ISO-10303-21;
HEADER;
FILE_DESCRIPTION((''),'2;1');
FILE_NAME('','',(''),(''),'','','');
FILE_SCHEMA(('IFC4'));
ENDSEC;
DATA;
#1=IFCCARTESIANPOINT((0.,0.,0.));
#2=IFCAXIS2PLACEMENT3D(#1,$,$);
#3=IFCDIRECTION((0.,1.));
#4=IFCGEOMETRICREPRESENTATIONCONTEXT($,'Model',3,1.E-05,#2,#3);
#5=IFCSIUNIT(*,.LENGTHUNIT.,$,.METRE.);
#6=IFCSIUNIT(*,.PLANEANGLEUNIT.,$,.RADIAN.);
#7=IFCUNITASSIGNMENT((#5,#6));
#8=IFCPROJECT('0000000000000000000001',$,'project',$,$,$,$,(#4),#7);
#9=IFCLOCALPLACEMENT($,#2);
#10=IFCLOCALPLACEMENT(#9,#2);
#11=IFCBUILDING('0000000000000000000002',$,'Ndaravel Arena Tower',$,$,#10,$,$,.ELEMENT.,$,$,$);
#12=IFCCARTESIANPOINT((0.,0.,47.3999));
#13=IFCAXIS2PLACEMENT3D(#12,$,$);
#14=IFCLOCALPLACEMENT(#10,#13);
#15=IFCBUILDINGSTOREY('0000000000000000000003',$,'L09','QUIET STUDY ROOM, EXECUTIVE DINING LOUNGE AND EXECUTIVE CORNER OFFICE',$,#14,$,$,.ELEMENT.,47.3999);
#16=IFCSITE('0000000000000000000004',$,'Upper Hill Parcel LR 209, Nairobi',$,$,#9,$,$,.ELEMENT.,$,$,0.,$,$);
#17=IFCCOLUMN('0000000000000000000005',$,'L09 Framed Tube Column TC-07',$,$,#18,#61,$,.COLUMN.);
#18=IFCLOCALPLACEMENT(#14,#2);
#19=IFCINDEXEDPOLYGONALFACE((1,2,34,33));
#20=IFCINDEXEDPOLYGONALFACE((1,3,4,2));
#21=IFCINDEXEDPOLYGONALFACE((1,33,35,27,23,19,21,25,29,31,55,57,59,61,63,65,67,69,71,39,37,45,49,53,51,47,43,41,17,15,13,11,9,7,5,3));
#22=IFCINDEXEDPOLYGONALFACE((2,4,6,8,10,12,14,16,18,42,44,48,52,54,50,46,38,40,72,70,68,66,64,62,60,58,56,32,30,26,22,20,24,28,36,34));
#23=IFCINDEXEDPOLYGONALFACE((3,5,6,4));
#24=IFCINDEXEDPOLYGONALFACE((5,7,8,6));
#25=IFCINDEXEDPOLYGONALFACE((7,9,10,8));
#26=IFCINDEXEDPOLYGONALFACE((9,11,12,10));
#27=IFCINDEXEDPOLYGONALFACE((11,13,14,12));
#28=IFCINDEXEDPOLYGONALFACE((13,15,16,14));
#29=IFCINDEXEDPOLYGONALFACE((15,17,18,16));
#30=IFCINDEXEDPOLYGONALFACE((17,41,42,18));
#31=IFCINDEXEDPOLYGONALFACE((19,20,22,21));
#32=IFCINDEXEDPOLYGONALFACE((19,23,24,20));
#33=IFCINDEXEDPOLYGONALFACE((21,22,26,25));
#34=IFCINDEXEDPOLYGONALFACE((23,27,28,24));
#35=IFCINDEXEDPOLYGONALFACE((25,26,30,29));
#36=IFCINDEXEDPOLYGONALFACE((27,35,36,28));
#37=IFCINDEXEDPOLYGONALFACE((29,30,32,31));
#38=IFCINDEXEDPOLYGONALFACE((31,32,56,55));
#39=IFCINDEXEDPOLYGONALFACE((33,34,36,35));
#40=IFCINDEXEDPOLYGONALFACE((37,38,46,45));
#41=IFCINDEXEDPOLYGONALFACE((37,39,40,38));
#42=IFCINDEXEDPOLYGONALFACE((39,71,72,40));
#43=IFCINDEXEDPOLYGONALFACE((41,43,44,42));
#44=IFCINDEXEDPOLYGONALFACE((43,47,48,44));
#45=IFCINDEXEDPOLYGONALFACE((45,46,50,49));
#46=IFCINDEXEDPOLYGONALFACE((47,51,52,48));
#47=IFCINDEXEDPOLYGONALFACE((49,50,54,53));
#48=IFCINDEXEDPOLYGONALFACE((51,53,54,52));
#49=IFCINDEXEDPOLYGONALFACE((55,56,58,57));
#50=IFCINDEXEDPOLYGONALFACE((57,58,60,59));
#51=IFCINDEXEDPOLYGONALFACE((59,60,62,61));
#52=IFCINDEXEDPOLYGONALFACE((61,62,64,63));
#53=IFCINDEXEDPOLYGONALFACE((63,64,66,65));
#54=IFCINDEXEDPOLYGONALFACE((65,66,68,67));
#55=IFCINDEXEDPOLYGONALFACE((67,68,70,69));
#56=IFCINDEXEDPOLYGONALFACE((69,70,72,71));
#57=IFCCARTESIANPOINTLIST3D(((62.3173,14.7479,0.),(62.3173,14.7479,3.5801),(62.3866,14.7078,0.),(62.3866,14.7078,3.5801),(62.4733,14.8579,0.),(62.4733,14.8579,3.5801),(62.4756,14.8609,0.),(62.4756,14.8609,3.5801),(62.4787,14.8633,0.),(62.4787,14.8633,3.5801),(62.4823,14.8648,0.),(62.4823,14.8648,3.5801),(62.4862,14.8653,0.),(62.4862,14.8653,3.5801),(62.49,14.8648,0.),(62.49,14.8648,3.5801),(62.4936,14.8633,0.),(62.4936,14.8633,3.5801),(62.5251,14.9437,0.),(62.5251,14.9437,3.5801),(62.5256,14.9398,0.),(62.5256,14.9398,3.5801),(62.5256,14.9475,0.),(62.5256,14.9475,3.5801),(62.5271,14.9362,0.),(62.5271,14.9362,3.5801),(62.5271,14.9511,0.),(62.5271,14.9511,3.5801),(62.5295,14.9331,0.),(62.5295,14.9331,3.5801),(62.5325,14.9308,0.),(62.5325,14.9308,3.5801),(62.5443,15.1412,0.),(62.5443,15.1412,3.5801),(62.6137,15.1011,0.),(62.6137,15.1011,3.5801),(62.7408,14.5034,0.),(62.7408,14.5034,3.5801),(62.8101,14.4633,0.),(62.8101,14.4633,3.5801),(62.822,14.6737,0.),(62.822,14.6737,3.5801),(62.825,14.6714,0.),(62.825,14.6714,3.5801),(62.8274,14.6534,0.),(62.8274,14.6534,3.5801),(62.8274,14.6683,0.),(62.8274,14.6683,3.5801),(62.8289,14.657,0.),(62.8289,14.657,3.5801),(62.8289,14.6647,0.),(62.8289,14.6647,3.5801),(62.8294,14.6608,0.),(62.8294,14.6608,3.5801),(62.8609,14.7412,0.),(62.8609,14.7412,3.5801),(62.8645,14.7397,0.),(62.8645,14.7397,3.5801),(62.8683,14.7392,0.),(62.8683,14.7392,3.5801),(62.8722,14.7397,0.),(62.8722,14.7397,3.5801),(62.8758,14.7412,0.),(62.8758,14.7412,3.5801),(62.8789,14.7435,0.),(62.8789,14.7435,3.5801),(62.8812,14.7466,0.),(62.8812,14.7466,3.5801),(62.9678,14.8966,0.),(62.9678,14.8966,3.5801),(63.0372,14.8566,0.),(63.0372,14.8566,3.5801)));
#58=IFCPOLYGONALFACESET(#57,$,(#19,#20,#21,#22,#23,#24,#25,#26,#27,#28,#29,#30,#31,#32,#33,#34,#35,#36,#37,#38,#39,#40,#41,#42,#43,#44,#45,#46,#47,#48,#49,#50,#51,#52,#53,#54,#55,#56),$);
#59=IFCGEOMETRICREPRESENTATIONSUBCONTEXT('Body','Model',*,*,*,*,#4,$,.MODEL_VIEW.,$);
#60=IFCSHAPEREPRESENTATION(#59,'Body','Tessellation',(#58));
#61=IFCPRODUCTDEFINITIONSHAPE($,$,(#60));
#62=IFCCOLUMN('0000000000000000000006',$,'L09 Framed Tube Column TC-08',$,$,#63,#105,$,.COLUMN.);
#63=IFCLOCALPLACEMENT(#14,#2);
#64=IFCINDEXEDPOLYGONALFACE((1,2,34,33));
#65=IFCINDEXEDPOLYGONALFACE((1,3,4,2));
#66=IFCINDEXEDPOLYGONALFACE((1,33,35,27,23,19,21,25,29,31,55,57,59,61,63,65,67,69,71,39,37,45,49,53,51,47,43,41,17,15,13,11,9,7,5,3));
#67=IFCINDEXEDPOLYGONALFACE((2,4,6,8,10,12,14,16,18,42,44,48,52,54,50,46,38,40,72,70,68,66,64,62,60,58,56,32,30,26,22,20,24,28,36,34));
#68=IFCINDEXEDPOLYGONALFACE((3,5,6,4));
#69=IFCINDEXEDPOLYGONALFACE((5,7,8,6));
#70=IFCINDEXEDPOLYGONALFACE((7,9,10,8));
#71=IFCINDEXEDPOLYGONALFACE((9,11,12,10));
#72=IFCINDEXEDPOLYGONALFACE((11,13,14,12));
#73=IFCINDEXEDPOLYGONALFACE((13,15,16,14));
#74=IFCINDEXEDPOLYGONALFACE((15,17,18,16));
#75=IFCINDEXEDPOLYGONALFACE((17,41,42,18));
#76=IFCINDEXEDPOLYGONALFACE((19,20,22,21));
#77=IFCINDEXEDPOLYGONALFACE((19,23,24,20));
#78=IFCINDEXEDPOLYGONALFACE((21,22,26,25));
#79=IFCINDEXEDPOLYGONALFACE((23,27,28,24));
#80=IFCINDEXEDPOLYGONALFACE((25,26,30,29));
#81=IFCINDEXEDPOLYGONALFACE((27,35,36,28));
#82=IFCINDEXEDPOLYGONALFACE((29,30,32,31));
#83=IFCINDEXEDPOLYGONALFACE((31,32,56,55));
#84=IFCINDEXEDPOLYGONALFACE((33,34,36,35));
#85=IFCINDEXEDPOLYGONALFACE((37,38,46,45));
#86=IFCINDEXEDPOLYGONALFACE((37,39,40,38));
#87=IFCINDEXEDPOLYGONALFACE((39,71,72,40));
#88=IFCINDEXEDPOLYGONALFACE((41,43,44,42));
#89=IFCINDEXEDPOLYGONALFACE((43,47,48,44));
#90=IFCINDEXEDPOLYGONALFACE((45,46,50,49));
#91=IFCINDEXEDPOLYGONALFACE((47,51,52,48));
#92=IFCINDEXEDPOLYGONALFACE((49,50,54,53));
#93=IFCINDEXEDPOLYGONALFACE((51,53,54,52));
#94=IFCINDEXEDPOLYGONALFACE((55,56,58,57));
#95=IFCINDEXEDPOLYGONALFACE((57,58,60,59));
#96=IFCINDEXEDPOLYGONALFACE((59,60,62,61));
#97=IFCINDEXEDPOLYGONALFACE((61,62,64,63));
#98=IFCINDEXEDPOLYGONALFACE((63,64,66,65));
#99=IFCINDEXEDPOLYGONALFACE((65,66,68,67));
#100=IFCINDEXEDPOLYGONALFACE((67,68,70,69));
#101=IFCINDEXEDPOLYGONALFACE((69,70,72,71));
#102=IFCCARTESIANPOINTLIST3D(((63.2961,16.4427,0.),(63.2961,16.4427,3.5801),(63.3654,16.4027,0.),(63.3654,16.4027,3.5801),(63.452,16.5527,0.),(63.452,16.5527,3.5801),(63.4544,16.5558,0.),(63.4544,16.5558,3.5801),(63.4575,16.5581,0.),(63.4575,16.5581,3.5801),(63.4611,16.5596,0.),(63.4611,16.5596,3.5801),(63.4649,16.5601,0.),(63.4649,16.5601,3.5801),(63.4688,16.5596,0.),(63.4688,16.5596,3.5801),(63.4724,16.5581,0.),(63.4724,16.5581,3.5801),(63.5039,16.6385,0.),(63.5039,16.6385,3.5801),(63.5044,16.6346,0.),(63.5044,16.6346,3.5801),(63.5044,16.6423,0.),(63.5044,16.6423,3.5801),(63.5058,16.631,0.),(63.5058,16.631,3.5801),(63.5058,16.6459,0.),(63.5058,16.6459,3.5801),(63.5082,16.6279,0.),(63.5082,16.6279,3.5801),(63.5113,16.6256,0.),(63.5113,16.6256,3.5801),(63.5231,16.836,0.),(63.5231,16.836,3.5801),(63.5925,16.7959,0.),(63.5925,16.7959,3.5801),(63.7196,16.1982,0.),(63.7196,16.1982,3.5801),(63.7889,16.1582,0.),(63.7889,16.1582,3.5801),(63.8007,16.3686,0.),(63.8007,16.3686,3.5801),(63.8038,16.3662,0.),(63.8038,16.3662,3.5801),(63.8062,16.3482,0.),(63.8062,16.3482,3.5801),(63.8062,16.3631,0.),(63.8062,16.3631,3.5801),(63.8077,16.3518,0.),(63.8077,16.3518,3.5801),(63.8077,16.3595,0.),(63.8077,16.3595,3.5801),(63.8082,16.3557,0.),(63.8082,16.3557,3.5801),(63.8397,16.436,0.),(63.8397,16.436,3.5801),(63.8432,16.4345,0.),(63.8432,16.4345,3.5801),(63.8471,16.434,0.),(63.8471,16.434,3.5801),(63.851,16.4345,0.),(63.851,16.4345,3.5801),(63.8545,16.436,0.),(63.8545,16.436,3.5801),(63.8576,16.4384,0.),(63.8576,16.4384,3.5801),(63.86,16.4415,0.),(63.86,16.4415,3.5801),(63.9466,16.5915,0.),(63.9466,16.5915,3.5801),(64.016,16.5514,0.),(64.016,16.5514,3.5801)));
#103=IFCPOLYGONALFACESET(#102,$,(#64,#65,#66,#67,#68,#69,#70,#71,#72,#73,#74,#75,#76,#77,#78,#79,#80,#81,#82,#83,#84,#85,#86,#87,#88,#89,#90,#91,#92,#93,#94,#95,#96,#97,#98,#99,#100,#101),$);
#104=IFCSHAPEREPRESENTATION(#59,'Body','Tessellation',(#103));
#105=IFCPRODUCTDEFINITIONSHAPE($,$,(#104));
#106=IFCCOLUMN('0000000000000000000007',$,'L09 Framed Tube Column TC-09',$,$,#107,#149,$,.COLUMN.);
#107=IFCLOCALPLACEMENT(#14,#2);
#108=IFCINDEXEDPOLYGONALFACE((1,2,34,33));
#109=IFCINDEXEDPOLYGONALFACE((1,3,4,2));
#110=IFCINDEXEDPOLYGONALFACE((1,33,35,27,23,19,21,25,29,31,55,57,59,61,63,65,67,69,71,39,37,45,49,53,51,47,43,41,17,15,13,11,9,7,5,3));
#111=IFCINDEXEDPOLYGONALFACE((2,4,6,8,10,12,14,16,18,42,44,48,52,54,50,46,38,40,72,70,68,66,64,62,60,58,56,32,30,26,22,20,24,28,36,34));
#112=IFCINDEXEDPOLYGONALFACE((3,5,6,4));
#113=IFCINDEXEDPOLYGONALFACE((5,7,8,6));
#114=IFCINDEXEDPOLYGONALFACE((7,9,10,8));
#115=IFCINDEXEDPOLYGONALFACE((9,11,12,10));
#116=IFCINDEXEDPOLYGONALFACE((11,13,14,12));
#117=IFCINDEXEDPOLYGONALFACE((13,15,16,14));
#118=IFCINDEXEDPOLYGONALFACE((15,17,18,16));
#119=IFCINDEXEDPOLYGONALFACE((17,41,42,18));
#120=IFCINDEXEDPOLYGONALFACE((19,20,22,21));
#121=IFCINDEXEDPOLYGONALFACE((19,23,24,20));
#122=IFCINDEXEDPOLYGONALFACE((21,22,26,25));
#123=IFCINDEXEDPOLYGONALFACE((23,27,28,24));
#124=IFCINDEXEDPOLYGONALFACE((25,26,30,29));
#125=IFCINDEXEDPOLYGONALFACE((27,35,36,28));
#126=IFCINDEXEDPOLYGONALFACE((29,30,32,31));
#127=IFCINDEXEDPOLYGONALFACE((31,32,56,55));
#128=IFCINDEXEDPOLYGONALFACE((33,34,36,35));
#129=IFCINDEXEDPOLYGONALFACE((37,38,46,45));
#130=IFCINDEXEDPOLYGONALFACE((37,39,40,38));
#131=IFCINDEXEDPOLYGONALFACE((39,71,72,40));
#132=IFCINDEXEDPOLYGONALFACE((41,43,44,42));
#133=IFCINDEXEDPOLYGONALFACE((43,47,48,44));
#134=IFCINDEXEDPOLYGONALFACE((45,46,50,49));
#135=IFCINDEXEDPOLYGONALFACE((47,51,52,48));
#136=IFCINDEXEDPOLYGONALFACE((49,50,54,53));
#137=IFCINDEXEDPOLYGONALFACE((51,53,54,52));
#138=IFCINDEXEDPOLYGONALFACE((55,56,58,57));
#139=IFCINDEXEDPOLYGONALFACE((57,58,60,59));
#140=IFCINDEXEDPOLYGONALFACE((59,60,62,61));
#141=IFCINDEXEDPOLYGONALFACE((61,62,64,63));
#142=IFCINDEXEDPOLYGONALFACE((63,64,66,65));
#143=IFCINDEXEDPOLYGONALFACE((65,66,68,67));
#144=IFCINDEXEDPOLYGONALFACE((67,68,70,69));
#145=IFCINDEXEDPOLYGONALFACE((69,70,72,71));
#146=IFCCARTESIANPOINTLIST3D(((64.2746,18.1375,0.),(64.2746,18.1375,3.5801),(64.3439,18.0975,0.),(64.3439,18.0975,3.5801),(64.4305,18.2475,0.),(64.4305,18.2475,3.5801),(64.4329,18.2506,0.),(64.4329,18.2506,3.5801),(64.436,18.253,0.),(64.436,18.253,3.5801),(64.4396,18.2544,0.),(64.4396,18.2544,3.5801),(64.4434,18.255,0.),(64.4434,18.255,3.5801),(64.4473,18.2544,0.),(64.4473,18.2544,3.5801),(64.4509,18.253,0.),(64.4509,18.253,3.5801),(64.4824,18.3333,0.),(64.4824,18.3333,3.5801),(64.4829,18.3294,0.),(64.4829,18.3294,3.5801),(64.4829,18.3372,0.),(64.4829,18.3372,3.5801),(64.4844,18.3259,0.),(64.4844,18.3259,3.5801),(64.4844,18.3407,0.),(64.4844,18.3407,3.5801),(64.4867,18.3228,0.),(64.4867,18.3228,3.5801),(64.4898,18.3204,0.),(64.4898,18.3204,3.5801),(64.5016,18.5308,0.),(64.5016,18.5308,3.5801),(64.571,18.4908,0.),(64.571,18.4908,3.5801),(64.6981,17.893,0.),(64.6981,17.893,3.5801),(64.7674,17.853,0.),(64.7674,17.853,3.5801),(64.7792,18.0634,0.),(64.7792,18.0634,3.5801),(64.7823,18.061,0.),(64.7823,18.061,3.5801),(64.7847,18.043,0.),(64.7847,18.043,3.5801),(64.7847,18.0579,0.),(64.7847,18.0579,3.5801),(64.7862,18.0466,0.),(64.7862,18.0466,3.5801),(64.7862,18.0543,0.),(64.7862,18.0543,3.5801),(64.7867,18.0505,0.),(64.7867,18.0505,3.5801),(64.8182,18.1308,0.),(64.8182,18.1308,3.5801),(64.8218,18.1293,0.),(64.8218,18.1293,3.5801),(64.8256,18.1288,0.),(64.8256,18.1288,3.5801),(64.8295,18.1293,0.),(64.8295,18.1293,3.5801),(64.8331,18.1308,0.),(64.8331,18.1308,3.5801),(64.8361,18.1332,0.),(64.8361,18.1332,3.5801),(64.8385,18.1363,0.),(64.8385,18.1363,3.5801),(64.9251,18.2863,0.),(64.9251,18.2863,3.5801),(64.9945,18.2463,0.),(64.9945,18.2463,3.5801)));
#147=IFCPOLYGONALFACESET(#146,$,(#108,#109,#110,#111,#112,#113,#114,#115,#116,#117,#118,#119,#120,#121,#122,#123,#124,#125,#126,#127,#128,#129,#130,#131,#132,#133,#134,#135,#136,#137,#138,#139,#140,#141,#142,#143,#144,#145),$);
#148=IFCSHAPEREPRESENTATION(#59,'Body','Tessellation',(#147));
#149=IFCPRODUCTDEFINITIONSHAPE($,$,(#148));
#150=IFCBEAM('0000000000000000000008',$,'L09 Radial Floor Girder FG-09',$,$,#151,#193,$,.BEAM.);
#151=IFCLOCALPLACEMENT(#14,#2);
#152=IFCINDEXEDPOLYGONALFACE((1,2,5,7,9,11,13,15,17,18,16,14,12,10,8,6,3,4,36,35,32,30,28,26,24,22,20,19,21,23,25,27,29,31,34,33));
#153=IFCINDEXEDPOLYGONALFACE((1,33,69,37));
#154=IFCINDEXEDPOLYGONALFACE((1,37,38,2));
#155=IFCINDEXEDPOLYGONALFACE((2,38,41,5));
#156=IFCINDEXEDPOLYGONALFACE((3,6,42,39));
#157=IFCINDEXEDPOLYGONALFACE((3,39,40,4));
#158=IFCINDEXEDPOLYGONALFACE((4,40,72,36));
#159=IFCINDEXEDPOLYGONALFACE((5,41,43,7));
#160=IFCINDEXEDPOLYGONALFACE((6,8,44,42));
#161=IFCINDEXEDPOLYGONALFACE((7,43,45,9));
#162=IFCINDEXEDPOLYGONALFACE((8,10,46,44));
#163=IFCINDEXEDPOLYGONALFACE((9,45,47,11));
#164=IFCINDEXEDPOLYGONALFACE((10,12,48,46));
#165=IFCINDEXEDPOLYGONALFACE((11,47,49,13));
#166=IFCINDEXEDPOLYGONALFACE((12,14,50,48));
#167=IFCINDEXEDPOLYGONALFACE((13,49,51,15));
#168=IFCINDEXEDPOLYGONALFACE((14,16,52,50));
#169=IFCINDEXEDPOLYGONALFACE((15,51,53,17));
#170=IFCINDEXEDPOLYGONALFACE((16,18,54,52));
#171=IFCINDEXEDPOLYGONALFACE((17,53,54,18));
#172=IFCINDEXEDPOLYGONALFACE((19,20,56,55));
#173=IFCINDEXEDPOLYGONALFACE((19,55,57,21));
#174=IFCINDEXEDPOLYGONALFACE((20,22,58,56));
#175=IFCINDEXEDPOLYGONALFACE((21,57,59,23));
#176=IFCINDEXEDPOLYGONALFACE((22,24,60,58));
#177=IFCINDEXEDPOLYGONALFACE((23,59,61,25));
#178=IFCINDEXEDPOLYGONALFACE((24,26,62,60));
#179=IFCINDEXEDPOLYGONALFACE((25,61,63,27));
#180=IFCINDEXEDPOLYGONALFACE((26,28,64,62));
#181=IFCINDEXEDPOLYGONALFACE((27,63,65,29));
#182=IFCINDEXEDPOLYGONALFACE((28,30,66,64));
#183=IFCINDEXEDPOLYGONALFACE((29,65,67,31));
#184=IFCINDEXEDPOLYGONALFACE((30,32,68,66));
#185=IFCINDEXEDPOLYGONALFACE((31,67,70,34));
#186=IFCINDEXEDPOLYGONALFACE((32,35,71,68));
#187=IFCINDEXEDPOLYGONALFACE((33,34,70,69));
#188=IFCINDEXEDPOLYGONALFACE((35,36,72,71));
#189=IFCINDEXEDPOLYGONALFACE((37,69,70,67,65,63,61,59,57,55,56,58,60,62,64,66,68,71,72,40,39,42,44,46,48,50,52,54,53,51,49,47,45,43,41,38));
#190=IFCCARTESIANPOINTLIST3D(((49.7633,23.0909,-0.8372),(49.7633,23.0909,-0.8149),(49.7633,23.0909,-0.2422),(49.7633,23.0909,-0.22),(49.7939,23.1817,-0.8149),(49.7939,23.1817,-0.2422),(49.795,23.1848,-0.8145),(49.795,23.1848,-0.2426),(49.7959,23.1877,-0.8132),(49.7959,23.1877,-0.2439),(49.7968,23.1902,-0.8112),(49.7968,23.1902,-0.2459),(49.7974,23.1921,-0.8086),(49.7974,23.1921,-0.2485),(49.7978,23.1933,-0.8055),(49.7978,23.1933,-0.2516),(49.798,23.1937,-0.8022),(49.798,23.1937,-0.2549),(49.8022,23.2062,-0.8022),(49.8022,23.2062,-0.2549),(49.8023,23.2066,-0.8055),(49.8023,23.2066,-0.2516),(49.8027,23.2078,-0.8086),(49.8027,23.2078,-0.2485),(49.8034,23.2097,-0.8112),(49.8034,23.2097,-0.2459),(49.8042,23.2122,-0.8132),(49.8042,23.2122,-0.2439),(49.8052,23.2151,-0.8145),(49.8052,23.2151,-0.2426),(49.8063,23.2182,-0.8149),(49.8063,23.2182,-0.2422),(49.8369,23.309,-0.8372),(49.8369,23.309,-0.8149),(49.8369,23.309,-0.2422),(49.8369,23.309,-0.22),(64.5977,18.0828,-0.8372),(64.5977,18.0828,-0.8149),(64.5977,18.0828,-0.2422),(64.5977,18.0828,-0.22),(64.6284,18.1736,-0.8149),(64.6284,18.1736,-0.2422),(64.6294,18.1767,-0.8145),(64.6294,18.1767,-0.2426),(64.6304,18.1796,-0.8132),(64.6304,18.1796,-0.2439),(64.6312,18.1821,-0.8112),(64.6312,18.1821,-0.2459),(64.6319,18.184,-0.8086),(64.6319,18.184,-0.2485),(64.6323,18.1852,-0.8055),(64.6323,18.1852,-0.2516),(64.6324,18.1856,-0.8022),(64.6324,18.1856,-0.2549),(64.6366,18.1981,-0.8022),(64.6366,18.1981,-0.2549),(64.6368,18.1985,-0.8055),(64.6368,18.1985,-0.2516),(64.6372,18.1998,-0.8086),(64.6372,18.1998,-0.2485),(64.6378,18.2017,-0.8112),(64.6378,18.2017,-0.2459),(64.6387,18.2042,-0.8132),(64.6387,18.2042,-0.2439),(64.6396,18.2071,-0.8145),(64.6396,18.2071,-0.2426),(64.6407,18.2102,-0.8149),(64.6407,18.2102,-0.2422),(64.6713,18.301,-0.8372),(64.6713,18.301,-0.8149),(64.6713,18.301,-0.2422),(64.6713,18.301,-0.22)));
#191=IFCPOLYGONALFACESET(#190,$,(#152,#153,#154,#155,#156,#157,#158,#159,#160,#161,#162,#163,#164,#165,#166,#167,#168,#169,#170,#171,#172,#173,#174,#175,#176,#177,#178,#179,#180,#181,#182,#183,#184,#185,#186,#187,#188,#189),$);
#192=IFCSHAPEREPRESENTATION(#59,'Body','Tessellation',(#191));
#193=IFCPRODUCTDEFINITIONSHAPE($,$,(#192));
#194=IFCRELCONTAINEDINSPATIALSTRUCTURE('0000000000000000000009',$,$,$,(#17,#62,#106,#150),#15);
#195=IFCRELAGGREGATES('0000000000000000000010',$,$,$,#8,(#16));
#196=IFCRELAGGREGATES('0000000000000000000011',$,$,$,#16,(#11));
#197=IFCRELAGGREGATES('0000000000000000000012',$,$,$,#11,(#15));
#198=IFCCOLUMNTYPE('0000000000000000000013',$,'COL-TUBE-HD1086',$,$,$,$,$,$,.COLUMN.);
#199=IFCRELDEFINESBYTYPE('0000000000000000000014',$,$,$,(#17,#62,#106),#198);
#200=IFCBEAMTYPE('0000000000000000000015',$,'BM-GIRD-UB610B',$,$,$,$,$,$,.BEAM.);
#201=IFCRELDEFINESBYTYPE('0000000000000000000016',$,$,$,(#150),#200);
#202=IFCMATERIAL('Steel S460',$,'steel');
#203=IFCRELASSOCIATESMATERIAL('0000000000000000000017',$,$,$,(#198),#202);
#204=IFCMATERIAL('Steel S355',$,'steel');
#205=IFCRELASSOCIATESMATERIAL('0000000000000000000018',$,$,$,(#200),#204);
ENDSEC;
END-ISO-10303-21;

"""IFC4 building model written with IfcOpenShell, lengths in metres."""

from ifc_helpers import new_model, si_unit, direction, frame, origin, origin_2d, place, context, subcontext, project, spatial, i_section, extrude, material, material_profile, profile_set, type_object, element, save


model = new_model("IFC4")

# Units and contexts
model_context = context("Model", 3, precision=1e-05, world=origin(), true_north=direction((0.0, 1.0)))
body_context = subcontext(model_context, "Body", "Model", "MODEL_VIEW")
ifc_project = project(units=[si_unit("LENGTHUNIT", "METRE"), si_unit("PLANEANGLEUNIT", "RADIAN")], contexts=[model_context])

# Site, building, storey
site_placement = place(None, origin())
site = spatial("IfcSite", under=ifc_project, at=site_placement, Name="Upper Hill Parcel LR 209, Nairobi", CompositionType="ELEMENT", RefElevation=0.0)
building_placement = place(site_placement, origin())
building = spatial("IfcBuilding", under=site, at=building_placement, Name="Ndaravel Arena Tower", CompositionType="ELEMENT")
storey_placement = place(building_placement, frame((0.0, 0.0, 47.3999)))
storey = spatial("IfcBuildingStorey", under=building, at=storey_placement, Name="L09", Description="QUIET STUDY ROOM, EXECUTIVE DINING LOUNGE AND EXECUTIVE CORNER OFFICE", CompositionType="ELEMENT", Elevation=47.3999)

# Columns
ifc_material_1 = material(Name="Steel S460", Category="steel")
ifc_material_profile_1 = material_profile(ifc_material_1, i_section(OverallWidth=0.4541, OverallDepth=0.5691, WebThickness=0.0779, FlangeThickness=0.0801, FilletRadius=0.0149, at=origin_2d()), Name="HD 400x1086")
ifc_profile_set_1 = profile_set([ifc_material_profile_1], Name="Steel S460")
column_type = type_object("IfcColumnType", Name="COL-TUBE-HD1086", PredefinedType="COLUMN", material=ifc_profile_set_1)
for number, where, z_axis, x_axis, name in (
    (1, (62.6772, 14.8022, 0.0), (0.0, 0.0, 1.0), (0.5, 0.866025, 0.0), "L09 Framed Tube Column TC-07"),
    (2, (63.656, 16.4971, 0.0), (0.0, 0.0, 1.0), (0.5, 0.866025, 0.0), "L09 Framed Tube Column TC-08"),
    (3, (64.6345, 18.1919, 0.0), (0.0, 0.0, 1.0), (0.5, 0.866025, 0.0), "L09 Framed Tube Column TC-09"),
):
    element("IfcColumn", number, at=place(storey_placement, frame(where, z_axis=z_axis, x_axis=x_axis)), inside=storey, type_object=column_type, Name=name, PredefinedType="COLUMN", context=body_context, shape_type="SweptSolid", body=[
        extrude(i_section(OverallWidth=0.4541, OverallDepth=0.5691, WebThickness=0.0779, FlangeThickness=0.0801, FilletRadius=0.0149, at=origin_2d()), origin(), (0.0, 0.0, 1.0), 3.5801),
    ])

# Beam
ifc_material_2 = material(Name="Steel S355", Category="steel")
ifc_material_profile_2 = material_profile(ifc_material_2, i_section(OverallWidth=0.2302, OverallDepth=0.6172, WebThickness=0.0132, FlangeThickness=0.0222, FilletRadius=0.0127, at=origin_2d()), Name="UB 610x229x140")
ifc_profile_set_2 = profile_set([ifc_material_profile_2], Name="Steel S355")
beam_type_1 = type_object("IfcBeamType", Name="BM-GIRD-UB610B", PredefinedType="BEAM", material=ifc_profile_set_2)
beam_1_placement = place(storey_placement, frame((64.6345, 18.1919, -0.5286), z_axis=(-0.947465, 0.31986, 0.0), x_axis=(-0.31986, -0.947465, 0.0)))
element("IfcBeam", 4, at=beam_1_placement, inside=storey, type_object=beam_type_1, Name="L09 Radial Floor Girder FG-09", PredefinedType="BEAM", context=body_context, shape_type="SweptSolid", body=[
    extrude(i_section(OverallWidth=0.2302, OverallDepth=0.6172, WebThickness=0.0132, FlangeThickness=0.0222, FilletRadius=0.0127, at=origin_2d()), origin(), (0.0, 0.0, 1.0), 15.657),
])

save(model, "model.ifc")
